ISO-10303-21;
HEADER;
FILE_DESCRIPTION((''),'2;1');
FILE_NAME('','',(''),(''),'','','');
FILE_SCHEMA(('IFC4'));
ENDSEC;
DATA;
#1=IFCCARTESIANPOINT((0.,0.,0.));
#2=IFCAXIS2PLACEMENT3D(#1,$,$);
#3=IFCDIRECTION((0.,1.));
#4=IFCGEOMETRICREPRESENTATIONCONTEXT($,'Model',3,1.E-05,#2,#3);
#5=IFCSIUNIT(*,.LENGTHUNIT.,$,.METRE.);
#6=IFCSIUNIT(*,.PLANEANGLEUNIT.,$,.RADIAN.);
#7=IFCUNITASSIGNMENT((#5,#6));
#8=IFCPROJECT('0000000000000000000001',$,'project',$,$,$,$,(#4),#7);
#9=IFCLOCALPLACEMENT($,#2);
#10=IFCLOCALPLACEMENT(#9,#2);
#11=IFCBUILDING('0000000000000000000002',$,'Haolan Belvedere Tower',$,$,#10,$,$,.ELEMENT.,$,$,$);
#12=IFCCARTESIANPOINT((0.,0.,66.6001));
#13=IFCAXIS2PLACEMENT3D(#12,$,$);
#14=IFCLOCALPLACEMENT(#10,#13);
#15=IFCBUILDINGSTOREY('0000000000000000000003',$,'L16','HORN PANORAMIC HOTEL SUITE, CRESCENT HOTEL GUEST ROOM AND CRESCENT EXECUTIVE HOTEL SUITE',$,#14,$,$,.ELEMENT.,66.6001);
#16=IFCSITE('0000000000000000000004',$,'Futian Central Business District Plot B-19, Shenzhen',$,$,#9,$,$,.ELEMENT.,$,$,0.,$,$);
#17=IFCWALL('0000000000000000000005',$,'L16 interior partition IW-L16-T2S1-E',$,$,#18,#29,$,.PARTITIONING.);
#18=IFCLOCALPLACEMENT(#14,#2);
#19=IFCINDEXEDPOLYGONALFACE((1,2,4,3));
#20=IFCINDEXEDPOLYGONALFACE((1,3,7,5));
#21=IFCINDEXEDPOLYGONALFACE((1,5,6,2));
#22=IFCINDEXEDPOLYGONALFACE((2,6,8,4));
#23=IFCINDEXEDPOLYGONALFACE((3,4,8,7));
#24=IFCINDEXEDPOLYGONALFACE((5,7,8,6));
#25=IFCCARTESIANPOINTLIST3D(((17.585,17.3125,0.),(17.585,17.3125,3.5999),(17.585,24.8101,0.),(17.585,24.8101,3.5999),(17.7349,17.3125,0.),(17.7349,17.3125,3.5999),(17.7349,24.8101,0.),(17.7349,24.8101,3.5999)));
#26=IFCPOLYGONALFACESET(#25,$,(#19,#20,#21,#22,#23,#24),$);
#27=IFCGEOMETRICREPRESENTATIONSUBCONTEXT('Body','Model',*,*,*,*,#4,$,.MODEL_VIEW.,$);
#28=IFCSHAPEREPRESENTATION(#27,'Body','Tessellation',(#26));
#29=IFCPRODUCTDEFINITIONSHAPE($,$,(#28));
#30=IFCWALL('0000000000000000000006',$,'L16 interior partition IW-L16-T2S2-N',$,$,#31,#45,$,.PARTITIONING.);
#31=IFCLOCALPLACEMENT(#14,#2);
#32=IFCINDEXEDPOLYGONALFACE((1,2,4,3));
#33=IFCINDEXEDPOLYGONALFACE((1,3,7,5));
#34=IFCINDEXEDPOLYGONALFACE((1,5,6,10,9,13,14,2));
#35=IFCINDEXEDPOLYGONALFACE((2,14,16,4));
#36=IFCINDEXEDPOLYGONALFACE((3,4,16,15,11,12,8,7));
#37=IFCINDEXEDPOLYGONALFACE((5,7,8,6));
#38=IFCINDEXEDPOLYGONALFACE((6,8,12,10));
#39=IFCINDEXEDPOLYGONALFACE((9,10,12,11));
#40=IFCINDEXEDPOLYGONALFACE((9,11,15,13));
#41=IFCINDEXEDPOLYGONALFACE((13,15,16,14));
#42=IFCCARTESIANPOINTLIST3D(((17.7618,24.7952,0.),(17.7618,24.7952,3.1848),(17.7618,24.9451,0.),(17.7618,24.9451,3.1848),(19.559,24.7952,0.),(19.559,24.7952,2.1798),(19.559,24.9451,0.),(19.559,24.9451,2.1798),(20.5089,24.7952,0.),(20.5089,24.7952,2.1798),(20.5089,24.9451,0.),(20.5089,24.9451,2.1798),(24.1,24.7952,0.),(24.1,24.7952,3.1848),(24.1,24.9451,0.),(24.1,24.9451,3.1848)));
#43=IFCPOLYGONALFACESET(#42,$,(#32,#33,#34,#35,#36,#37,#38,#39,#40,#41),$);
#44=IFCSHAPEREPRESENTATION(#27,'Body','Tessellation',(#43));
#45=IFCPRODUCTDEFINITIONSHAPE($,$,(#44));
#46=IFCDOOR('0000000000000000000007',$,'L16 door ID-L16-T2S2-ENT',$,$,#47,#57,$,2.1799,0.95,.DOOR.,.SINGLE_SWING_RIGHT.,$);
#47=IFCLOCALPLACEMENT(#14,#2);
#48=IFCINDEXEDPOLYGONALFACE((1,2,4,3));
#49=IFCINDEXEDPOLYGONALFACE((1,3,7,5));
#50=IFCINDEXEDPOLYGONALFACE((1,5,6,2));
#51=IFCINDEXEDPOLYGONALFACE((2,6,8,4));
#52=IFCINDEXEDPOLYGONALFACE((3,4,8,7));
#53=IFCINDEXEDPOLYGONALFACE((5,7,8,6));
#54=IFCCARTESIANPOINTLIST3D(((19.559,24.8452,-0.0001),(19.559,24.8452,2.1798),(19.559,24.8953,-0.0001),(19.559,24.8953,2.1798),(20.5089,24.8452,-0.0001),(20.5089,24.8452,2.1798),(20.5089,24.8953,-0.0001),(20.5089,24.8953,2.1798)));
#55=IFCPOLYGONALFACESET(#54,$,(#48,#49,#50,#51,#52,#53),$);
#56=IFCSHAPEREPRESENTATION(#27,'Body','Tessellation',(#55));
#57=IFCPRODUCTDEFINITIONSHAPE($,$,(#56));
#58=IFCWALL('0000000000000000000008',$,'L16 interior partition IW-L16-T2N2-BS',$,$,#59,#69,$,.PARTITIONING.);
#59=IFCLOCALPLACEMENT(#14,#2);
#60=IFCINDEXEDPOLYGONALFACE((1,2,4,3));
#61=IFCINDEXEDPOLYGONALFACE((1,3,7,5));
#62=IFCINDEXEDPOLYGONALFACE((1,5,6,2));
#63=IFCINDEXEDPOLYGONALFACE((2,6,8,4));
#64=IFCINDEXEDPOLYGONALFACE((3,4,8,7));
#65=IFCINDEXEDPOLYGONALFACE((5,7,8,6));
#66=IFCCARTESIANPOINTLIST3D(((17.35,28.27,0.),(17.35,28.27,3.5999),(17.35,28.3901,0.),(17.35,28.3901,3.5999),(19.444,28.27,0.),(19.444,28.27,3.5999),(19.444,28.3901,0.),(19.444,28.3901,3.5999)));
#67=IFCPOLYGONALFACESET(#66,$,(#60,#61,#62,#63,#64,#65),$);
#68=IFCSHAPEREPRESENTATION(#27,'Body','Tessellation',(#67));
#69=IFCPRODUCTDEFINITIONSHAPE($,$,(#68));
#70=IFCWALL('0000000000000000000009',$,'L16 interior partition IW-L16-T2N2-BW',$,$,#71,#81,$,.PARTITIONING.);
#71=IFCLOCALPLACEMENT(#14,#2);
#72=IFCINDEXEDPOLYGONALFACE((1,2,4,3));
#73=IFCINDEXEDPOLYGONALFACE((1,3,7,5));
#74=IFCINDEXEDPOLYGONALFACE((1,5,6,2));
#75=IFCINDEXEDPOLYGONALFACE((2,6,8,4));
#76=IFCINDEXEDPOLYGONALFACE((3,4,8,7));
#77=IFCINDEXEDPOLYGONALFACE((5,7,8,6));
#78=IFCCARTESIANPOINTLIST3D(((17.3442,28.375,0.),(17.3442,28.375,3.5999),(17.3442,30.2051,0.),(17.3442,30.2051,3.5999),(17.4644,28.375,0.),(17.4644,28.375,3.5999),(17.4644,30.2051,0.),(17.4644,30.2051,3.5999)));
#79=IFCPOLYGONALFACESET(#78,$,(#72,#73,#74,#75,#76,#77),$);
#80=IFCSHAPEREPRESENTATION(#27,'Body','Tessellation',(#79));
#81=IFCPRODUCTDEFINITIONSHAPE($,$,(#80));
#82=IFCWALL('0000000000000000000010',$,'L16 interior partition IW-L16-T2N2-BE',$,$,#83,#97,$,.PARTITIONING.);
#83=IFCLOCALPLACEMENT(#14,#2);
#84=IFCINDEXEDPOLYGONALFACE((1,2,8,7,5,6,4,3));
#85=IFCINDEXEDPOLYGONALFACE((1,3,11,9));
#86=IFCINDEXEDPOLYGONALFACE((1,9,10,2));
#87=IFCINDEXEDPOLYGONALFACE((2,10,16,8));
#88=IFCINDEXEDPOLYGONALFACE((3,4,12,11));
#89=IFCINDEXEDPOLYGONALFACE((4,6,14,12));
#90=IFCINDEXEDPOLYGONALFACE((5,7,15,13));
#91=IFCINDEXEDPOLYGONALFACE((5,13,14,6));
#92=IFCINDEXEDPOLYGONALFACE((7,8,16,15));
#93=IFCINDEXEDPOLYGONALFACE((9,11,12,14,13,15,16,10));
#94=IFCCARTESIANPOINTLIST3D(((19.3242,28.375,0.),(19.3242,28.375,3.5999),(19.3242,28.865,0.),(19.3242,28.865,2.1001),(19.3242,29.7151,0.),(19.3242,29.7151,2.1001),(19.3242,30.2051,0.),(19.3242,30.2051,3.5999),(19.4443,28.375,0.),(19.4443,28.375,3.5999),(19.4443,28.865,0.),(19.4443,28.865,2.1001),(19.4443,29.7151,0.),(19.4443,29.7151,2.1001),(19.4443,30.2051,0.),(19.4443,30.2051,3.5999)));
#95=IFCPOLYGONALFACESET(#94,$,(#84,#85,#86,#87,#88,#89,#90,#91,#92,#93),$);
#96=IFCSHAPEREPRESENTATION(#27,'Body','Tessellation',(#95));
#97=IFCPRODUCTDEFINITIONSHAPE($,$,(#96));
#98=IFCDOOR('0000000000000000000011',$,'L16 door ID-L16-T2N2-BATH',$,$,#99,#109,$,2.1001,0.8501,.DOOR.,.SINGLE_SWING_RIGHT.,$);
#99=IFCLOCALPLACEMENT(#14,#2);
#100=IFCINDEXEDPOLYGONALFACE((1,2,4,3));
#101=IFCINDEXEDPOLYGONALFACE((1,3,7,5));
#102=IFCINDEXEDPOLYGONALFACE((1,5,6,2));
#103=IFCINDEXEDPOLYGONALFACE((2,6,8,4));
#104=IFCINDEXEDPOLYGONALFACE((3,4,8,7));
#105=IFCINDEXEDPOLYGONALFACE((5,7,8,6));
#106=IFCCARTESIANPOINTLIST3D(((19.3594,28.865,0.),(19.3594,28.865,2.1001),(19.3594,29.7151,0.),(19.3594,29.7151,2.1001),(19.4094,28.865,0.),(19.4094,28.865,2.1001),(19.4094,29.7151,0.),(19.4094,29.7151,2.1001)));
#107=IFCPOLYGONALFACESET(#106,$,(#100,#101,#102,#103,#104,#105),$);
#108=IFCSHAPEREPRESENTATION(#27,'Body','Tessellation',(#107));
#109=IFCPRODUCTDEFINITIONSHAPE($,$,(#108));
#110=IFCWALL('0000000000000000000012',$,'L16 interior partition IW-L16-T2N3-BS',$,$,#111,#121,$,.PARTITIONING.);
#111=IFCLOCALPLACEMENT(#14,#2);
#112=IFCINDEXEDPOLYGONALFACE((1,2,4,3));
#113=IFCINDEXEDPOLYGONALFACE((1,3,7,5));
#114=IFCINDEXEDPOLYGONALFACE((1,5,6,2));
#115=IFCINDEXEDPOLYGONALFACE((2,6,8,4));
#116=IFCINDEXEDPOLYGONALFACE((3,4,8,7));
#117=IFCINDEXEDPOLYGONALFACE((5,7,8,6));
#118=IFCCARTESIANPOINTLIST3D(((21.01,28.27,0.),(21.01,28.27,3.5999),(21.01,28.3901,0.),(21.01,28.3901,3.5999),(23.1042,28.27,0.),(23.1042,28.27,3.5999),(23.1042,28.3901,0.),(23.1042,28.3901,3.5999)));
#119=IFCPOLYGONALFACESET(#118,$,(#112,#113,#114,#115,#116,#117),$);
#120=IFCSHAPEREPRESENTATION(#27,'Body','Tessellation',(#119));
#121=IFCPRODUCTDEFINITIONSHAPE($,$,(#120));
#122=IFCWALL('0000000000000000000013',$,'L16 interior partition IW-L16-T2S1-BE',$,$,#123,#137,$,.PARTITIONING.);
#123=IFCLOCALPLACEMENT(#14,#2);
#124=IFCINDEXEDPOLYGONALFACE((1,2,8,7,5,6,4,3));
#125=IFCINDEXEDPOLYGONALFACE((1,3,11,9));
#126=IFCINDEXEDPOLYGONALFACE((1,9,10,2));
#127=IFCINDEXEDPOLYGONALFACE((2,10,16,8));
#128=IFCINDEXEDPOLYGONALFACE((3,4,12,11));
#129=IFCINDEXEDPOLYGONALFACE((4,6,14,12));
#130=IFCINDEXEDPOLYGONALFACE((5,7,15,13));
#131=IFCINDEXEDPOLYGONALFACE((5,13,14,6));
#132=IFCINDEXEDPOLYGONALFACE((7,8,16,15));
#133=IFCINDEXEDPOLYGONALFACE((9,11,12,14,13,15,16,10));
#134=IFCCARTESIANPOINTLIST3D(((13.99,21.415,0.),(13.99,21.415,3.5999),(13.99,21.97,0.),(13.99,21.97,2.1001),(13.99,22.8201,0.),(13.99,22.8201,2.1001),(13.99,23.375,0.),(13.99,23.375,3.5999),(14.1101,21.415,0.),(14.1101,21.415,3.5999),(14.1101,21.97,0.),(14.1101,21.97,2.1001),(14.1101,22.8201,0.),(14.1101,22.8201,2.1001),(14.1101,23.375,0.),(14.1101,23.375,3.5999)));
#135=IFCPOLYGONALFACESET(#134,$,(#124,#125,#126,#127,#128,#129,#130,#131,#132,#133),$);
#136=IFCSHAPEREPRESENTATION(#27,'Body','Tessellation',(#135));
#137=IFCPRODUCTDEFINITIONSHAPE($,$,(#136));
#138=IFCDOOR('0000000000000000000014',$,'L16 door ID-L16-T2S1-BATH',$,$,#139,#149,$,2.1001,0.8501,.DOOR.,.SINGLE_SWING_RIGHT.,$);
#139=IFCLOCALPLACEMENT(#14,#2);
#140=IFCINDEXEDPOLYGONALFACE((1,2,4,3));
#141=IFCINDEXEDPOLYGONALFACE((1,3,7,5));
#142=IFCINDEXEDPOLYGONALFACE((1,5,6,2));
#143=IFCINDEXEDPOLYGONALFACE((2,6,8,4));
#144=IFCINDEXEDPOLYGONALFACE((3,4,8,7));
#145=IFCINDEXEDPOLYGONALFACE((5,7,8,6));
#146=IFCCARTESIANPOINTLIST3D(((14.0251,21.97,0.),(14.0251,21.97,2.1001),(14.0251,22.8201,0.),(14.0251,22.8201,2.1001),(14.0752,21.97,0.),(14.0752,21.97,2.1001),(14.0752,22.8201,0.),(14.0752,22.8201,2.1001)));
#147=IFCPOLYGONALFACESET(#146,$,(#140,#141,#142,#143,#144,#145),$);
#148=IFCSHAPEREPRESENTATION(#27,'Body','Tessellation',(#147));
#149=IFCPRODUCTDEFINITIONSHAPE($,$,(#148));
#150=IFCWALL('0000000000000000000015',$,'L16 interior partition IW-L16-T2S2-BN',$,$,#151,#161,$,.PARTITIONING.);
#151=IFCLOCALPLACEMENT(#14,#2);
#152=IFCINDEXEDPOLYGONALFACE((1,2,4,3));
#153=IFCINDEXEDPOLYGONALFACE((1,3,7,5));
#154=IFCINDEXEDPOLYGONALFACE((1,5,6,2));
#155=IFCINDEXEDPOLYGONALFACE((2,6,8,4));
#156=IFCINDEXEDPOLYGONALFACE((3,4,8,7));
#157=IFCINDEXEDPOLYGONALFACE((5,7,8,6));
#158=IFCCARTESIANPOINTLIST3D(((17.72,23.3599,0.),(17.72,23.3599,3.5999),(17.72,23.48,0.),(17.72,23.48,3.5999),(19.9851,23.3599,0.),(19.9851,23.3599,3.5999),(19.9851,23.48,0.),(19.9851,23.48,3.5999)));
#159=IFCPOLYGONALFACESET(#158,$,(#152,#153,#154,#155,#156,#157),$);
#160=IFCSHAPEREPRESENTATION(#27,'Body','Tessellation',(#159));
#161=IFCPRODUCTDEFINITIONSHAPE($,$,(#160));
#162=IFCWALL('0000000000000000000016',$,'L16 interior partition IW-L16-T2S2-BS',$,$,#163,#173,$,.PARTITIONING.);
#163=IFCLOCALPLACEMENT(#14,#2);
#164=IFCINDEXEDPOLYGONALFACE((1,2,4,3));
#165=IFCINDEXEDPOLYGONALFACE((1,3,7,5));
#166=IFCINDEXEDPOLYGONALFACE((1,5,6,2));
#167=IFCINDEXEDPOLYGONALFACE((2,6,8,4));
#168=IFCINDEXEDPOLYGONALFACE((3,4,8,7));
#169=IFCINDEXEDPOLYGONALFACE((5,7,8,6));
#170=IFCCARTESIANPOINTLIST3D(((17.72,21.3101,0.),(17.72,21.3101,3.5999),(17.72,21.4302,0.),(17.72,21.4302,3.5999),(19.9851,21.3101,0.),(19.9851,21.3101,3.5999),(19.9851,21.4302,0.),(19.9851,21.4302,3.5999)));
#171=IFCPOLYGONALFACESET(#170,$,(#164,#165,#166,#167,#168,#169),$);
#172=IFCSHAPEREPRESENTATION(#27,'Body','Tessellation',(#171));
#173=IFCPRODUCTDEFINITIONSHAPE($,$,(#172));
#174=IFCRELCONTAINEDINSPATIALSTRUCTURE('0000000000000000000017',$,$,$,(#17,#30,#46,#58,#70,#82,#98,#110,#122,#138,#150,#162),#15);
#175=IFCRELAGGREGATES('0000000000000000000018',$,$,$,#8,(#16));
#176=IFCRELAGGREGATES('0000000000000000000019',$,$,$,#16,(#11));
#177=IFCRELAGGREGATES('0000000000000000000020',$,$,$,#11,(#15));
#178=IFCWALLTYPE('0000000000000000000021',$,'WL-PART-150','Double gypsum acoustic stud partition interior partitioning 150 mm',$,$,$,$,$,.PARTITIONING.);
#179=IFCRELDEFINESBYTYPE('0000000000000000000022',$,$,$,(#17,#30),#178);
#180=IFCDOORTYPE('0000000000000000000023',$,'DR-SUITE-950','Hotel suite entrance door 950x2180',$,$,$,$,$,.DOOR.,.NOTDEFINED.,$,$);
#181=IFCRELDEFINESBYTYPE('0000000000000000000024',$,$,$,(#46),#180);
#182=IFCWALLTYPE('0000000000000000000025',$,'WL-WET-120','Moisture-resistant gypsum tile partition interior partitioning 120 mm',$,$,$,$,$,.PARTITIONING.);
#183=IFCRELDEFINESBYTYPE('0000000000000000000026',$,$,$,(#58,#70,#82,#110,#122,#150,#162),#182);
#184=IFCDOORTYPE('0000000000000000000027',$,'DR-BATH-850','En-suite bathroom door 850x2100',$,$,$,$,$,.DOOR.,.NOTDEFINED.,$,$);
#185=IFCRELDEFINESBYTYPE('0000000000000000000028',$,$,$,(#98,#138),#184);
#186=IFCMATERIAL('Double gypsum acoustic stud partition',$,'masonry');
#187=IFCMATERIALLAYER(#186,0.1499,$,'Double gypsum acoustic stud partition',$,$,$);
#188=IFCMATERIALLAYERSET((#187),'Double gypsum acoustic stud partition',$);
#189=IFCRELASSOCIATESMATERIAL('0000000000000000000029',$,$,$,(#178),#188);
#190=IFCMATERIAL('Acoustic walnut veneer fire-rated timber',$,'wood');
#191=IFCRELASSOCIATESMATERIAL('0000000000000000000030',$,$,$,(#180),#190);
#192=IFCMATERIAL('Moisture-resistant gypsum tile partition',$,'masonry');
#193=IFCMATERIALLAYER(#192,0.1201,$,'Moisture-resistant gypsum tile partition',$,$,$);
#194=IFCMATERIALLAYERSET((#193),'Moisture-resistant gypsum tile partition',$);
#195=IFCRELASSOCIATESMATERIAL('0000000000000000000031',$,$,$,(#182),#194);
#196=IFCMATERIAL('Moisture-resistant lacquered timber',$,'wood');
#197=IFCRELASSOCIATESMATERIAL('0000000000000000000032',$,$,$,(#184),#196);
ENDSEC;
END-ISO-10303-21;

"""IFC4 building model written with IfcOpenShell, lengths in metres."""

from ifc_helpers import new_model, si_unit, direction, frame, frame_2d, origin, place, context, subcontext, project, spatial, rectangle, extrude, material, layer, layer_set, type_object, element, fill, save


model = new_model("IFC4")

# Units and contexts
model_context = context("Model", 3, precision=1e-05, world=origin(), true_north=direction((0.0, 1.0)))
body_context = subcontext(model_context, "Body", "Model", "MODEL_VIEW")
ifc_project = project(units=[si_unit("LENGTHUNIT", "METRE"), si_unit("PLANEANGLEUNIT", "RADIAN")], contexts=[model_context])

# Site, building, storey
site_placement = place(None, origin())
site = spatial("IfcSite", under=ifc_project, at=site_placement, Name="Futian Central Business District Plot B-19, Shenzhen", CompositionType="ELEMENT", RefElevation=0.0)
building_placement = place(site_placement, origin())
building = spatial("IfcBuilding", under=site, at=building_placement, Name="Haolan Belvedere Tower", CompositionType="ELEMENT")
storey_placement = place(building_placement, frame((0.0, 0.0, 66.6001)))
storey = spatial("IfcBuildingStorey", under=building, at=storey_placement, Name="L16", Description="HORN PANORAMIC HOTEL SUITE, CRESCENT HOTEL GUEST ROOM AND CRESCENT EXECUTIVE HOTEL SUITE", CompositionType="ELEMENT", Elevation=66.6001)

# Shared definitions
ifc_material_1 = material(Name="Double gypsum acoustic stud partition", Category="masonry")
ifc_layer_1 = layer(ifc_material_1, 0.1499, Name="Double gypsum acoustic stud partition")
ifc_layer_set_1 = layer_set([ifc_layer_1], Name="Double gypsum acoustic stud partition")
wall_type_1 = type_object("IfcWallType", Name="WL-PART-150", Description="Double gypsum acoustic stud partition interior partitioning 150 mm", PredefinedType="PARTITIONING", material=ifc_layer_set_1)

# Wall
wall_1_placement = place(storey_placement, frame((17.6599, 17.3125, 0.0), z_axis=(0.0, 0.0, 1.0), x_axis=(0.0, 1.0, 0.0)))
element("IfcWall", 1, at=wall_1_placement, inside=storey, type_object=wall_type_1, Name="L16 interior partition IW-L16-T2S1-E", PredefinedType="PARTITIONING", context=body_context, shape_type="SweptSolid", body=[
    extrude(rectangle(XDim=7.4976, YDim=0.1499, at=frame_2d((3.7488, 0.0))), origin(), (0.0, 0.0, 1.0), 3.5999),
])

# Wall, opening, door
wall_2_placement = place(storey_placement, frame((17.762, 24.8701, 0.0), z_axis=(0.0, 0.0, 1.0), x_axis=(1.0, 0.0, 0.0)))
wall_2 = element("IfcWall", 2, at=wall_2_placement, inside=storey, type_object=wall_type_1, Name="L16 interior partition IW-L16-T2S2-N", PredefinedType="PARTITIONING", context=body_context, shape_type="SweptSolid", body=[
    extrude(rectangle(XDim=6.3381, YDim=0.1499, at=frame_2d((3.1689, 0.0))), origin(), (0.0, 0.0, 1.0), 3.1848),
])
opening_1_placement = place(wall_2_placement, frame((2.7471, 0.0, 0.0), z_axis=(0.0, 0.0, 1.0), x_axis=(-1.0, 0.0, 0.0)))
opening_1 = element("IfcOpeningElement", 3, at=opening_1_placement, cuts=wall_2, PredefinedType="OPENING", context=body_context, shape_type="SweptSolid", body=[
    extrude(rectangle(XDim=0.95, YDim=2.1799, at=frame_2d((0.4751, 1.0898))), frame((0.0, 0.085, 0.0), z_axis=(0.0, -1.0, 0.0), x_axis=(1.0, 0.0, 0.0)), (0.0, 0.0, 1.0), 0.1699),
])
ifc_material_2 = material(Name="Acoustic walnut veneer fire-rated timber", Category="wood")
door_type_1 = type_object("IfcDoorType", Name="DR-SUITE-950", Description="Hotel suite entrance door 950x2180", OperationType="NOTDEFINED", PredefinedType="DOOR", material=ifc_material_2)
door_1_placement = place(opening_1_placement, origin())
door_1 = element("IfcDoor", 4, at=door_1_placement, inside=storey, type_object=door_type_1, Name="L16 door ID-L16-T2S2-ENT", OperationType="SINGLE_SWING_RIGHT", OverallHeight=2.1799, OverallWidth=0.95, PredefinedType="DOOR", context=body_context, shape_type="SweptSolid", body=[
    extrude(rectangle(XDim=0.95, YDim=2.1799, at=frame_2d((0.4751, 1.0898))), frame((0.0, 0.0249, 0.0), z_axis=(0.0, -1.0, 0.0), x_axis=(1.0, 0.0, 0.0)), (0.0, 0.0, 1.0), 0.05),
])
fill(opening_1, door_1)

# Walls
ifc_material_3 = material(Name="Moisture-resistant gypsum tile partition", Category="masonry")
ifc_layer_2 = layer(ifc_material_3, 0.1201, Name="Moisture-resistant gypsum tile partition")
ifc_layer_set_2 = layer_set([ifc_layer_2], Name="Moisture-resistant gypsum tile partition")
wall_type_2 = type_object("IfcWallType", Name="WL-WET-120", Description="Moisture-resistant gypsum tile partition interior partitioning 120 mm", PredefinedType="PARTITIONING", material=ifc_layer_set_2)
wall_3_placement = place(storey_placement, frame((17.3501, 28.3301, 0.0), z_axis=(0.0, 0.0, 1.0), x_axis=(1.0, 0.0, 0.0)))
element("IfcWall", 5, at=wall_3_placement, inside=storey, type_object=wall_type_2, Name="L16 interior partition IW-L16-T2N2-BS", PredefinedType="PARTITIONING", context=body_context, shape_type="SweptSolid", body=[
    extrude(rectangle(XDim=2.094, YDim=0.1201, at=frame_2d((1.0469, 0.0))), origin(), (0.0, 0.0, 1.0), 3.5999),
])
wall_4_placement = place(storey_placement, frame((17.4043, 28.375, 0.0), z_axis=(0.0, 0.0, 1.0), x_axis=(0.0, 1.0, 0.0)))
element("IfcWall", 6, at=wall_4_placement, inside=storey, type_object=wall_type_2, Name="L16 interior partition IW-L16-T2N2-BW", PredefinedType="PARTITIONING", context=body_context, shape_type="SweptSolid", body=[
    extrude(rectangle(XDim=1.8301, YDim=0.1201, at=frame_2d((0.915, 0.0))), origin(), (0.0, 0.0, 1.0), 3.5999),
])

# Wall, opening, door
wall_5_placement = place(storey_placement, frame((19.3843, 28.375, 0.0), z_axis=(0.0, 0.0, 1.0), x_axis=(0.0, 1.0, 0.0)))
wall_5 = element("IfcWall", 7, at=wall_5_placement, inside=storey, type_object=wall_type_2, Name="L16 interior partition IW-L16-T2N2-BE", PredefinedType="PARTITIONING", context=body_context, shape_type="SweptSolid", body=[
    extrude(rectangle(XDim=1.8301, YDim=0.1201, at=frame_2d((0.915, 0.0))), origin(), (0.0, 0.0, 1.0), 3.5999),
])
opening_2_placement = place(wall_5_placement, frame((0.49, 0.0, 0.0)))
opening_2 = element("IfcOpeningElement", 8, at=opening_2_placement, cuts=wall_5, PredefinedType="OPENING", context=body_context, shape_type="SweptSolid", body=[
    extrude(rectangle(XDim=0.8501, YDim=2.1001, at=frame_2d((0.425, 1.05))), frame((0.0, 0.0701, 0.0), z_axis=(0.0, -1.0, 0.0), x_axis=(1.0, 0.0, 0.0)), (0.0, 0.0, 1.0), 0.1401),
])
ifc_material_4 = material(Name="Moisture-resistant lacquered timber", Category="wood")
door_type_2 = type_object("IfcDoorType", Name="DR-BATH-850", Description="En-suite bathroom door 850x2100", OperationType="NOTDEFINED", PredefinedType="DOOR", material=ifc_material_4)
door_2_placement = place(opening_2_placement, origin())
door_2 = element("IfcDoor", 9, at=door_2_placement, inside=storey, type_object=door_type_2, Name="L16 door ID-L16-T2N2-BATH", OperationType="SINGLE_SWING_RIGHT", OverallHeight=2.1001, OverallWidth=0.8501, PredefinedType="DOOR", context=body_context, shape_type="SweptSolid", body=[
    extrude(rectangle(XDim=0.8501, YDim=2.1001, at=frame_2d((0.425, 1.05))), frame((0.0, 0.0249, 0.0), z_axis=(0.0, -1.0, 0.0), x_axis=(1.0, 0.0, 0.0)), (0.0, 0.0, 1.0), 0.05),
])
fill(opening_2, door_2)

# Wall
wall_6_placement = place(storey_placement, frame((21.01, 28.3301, 0.0), z_axis=(0.0, 0.0, 1.0), x_axis=(1.0, 0.0, 0.0)))
element("IfcWall", 10, at=wall_6_placement, inside=storey, type_object=wall_type_2, Name="L16 interior partition IW-L16-T2N3-BS", PredefinedType="PARTITIONING", context=body_context, shape_type="SweptSolid", body=[
    extrude(rectangle(XDim=2.0942, YDim=0.1201, at=frame_2d((1.0471, 0.0))), origin(), (0.0, 0.0, 1.0), 3.5999),
])

# Wall, opening, door
wall_7_placement = place(storey_placement, frame((14.05, 21.415, 0.0), z_axis=(0.0, 0.0, 1.0), x_axis=(0.0, 1.0, 0.0)))
wall_7 = element("IfcWall", 11, at=wall_7_placement, inside=storey, type_object=wall_type_2, Name="L16 interior partition IW-L16-T2S1-BE", PredefinedType="PARTITIONING", context=body_context, shape_type="SweptSolid", body=[
    extrude(rectangle(XDim=1.96, YDim=0.1201, at=frame_2d((0.98, 0.0))), origin(), (0.0, 0.0, 1.0), 3.5999),
])
opening_3_placement = place(wall_7_placement, frame((0.5549, 0.0, 0.0)))
opening_3 = element("IfcOpeningElement", 12, at=opening_3_placement, cuts=wall_7, PredefinedType="OPENING", context=body_context, shape_type="SweptSolid", body=[
    extrude(rectangle(XDim=0.8501, YDim=2.1001, at=frame_2d((0.425, 1.05))), frame((0.0, 0.0701, 0.0), z_axis=(0.0, -1.0, 0.0), x_axis=(1.0, 0.0, 0.0)), (0.0, 0.0, 1.0), 0.1401),
])
door_3_placement = place(opening_3_placement, origin())
door_3 = element("IfcDoor", 13, at=door_3_placement, inside=storey, type_object=door_type_2, Name="L16 door ID-L16-T2S1-BATH", OperationType="SINGLE_SWING_RIGHT", OverallHeight=2.1001, OverallWidth=0.8501, PredefinedType="DOOR", context=body_context, shape_type="SweptSolid", body=[
    extrude(rectangle(XDim=0.8501, YDim=2.1001, at=frame_2d((0.425, 1.05))), frame((0.0, 0.0249, 0.0), z_axis=(0.0, -1.0, 0.0), x_axis=(1.0, 0.0, 0.0)), (0.0, 0.0, 1.0), 0.05),
])
fill(opening_3, door_3)

# Walls
for number, where, z_axis, x_axis, name in (
    (14, (17.72, 23.4199, 0.0), (0.0, 0.0, 1.0), (1.0, 0.0, 0.0), "L16 interior partition IW-L16-T2S2-BN"),
    (15, (17.72, 21.3701, 0.0), (0.0, 0.0, 1.0), (1.0, 0.0, 0.0), "L16 interior partition IW-L16-T2S2-BS"),
):
    element("IfcWall", number, at=place(storey_placement, frame(where, z_axis=z_axis, x_axis=x_axis)), inside=storey, type_object=wall_type_2, Name=name, PredefinedType="PARTITIONING", context=body_context, shape_type="SweptSolid", body=[
        extrude(rectangle(XDim=2.2651, YDim=0.1201, at=frame_2d((1.1326, 0.0))), origin(), (0.0, 0.0, 1.0), 3.5999),
    ])

save(model, "model.ifc")
